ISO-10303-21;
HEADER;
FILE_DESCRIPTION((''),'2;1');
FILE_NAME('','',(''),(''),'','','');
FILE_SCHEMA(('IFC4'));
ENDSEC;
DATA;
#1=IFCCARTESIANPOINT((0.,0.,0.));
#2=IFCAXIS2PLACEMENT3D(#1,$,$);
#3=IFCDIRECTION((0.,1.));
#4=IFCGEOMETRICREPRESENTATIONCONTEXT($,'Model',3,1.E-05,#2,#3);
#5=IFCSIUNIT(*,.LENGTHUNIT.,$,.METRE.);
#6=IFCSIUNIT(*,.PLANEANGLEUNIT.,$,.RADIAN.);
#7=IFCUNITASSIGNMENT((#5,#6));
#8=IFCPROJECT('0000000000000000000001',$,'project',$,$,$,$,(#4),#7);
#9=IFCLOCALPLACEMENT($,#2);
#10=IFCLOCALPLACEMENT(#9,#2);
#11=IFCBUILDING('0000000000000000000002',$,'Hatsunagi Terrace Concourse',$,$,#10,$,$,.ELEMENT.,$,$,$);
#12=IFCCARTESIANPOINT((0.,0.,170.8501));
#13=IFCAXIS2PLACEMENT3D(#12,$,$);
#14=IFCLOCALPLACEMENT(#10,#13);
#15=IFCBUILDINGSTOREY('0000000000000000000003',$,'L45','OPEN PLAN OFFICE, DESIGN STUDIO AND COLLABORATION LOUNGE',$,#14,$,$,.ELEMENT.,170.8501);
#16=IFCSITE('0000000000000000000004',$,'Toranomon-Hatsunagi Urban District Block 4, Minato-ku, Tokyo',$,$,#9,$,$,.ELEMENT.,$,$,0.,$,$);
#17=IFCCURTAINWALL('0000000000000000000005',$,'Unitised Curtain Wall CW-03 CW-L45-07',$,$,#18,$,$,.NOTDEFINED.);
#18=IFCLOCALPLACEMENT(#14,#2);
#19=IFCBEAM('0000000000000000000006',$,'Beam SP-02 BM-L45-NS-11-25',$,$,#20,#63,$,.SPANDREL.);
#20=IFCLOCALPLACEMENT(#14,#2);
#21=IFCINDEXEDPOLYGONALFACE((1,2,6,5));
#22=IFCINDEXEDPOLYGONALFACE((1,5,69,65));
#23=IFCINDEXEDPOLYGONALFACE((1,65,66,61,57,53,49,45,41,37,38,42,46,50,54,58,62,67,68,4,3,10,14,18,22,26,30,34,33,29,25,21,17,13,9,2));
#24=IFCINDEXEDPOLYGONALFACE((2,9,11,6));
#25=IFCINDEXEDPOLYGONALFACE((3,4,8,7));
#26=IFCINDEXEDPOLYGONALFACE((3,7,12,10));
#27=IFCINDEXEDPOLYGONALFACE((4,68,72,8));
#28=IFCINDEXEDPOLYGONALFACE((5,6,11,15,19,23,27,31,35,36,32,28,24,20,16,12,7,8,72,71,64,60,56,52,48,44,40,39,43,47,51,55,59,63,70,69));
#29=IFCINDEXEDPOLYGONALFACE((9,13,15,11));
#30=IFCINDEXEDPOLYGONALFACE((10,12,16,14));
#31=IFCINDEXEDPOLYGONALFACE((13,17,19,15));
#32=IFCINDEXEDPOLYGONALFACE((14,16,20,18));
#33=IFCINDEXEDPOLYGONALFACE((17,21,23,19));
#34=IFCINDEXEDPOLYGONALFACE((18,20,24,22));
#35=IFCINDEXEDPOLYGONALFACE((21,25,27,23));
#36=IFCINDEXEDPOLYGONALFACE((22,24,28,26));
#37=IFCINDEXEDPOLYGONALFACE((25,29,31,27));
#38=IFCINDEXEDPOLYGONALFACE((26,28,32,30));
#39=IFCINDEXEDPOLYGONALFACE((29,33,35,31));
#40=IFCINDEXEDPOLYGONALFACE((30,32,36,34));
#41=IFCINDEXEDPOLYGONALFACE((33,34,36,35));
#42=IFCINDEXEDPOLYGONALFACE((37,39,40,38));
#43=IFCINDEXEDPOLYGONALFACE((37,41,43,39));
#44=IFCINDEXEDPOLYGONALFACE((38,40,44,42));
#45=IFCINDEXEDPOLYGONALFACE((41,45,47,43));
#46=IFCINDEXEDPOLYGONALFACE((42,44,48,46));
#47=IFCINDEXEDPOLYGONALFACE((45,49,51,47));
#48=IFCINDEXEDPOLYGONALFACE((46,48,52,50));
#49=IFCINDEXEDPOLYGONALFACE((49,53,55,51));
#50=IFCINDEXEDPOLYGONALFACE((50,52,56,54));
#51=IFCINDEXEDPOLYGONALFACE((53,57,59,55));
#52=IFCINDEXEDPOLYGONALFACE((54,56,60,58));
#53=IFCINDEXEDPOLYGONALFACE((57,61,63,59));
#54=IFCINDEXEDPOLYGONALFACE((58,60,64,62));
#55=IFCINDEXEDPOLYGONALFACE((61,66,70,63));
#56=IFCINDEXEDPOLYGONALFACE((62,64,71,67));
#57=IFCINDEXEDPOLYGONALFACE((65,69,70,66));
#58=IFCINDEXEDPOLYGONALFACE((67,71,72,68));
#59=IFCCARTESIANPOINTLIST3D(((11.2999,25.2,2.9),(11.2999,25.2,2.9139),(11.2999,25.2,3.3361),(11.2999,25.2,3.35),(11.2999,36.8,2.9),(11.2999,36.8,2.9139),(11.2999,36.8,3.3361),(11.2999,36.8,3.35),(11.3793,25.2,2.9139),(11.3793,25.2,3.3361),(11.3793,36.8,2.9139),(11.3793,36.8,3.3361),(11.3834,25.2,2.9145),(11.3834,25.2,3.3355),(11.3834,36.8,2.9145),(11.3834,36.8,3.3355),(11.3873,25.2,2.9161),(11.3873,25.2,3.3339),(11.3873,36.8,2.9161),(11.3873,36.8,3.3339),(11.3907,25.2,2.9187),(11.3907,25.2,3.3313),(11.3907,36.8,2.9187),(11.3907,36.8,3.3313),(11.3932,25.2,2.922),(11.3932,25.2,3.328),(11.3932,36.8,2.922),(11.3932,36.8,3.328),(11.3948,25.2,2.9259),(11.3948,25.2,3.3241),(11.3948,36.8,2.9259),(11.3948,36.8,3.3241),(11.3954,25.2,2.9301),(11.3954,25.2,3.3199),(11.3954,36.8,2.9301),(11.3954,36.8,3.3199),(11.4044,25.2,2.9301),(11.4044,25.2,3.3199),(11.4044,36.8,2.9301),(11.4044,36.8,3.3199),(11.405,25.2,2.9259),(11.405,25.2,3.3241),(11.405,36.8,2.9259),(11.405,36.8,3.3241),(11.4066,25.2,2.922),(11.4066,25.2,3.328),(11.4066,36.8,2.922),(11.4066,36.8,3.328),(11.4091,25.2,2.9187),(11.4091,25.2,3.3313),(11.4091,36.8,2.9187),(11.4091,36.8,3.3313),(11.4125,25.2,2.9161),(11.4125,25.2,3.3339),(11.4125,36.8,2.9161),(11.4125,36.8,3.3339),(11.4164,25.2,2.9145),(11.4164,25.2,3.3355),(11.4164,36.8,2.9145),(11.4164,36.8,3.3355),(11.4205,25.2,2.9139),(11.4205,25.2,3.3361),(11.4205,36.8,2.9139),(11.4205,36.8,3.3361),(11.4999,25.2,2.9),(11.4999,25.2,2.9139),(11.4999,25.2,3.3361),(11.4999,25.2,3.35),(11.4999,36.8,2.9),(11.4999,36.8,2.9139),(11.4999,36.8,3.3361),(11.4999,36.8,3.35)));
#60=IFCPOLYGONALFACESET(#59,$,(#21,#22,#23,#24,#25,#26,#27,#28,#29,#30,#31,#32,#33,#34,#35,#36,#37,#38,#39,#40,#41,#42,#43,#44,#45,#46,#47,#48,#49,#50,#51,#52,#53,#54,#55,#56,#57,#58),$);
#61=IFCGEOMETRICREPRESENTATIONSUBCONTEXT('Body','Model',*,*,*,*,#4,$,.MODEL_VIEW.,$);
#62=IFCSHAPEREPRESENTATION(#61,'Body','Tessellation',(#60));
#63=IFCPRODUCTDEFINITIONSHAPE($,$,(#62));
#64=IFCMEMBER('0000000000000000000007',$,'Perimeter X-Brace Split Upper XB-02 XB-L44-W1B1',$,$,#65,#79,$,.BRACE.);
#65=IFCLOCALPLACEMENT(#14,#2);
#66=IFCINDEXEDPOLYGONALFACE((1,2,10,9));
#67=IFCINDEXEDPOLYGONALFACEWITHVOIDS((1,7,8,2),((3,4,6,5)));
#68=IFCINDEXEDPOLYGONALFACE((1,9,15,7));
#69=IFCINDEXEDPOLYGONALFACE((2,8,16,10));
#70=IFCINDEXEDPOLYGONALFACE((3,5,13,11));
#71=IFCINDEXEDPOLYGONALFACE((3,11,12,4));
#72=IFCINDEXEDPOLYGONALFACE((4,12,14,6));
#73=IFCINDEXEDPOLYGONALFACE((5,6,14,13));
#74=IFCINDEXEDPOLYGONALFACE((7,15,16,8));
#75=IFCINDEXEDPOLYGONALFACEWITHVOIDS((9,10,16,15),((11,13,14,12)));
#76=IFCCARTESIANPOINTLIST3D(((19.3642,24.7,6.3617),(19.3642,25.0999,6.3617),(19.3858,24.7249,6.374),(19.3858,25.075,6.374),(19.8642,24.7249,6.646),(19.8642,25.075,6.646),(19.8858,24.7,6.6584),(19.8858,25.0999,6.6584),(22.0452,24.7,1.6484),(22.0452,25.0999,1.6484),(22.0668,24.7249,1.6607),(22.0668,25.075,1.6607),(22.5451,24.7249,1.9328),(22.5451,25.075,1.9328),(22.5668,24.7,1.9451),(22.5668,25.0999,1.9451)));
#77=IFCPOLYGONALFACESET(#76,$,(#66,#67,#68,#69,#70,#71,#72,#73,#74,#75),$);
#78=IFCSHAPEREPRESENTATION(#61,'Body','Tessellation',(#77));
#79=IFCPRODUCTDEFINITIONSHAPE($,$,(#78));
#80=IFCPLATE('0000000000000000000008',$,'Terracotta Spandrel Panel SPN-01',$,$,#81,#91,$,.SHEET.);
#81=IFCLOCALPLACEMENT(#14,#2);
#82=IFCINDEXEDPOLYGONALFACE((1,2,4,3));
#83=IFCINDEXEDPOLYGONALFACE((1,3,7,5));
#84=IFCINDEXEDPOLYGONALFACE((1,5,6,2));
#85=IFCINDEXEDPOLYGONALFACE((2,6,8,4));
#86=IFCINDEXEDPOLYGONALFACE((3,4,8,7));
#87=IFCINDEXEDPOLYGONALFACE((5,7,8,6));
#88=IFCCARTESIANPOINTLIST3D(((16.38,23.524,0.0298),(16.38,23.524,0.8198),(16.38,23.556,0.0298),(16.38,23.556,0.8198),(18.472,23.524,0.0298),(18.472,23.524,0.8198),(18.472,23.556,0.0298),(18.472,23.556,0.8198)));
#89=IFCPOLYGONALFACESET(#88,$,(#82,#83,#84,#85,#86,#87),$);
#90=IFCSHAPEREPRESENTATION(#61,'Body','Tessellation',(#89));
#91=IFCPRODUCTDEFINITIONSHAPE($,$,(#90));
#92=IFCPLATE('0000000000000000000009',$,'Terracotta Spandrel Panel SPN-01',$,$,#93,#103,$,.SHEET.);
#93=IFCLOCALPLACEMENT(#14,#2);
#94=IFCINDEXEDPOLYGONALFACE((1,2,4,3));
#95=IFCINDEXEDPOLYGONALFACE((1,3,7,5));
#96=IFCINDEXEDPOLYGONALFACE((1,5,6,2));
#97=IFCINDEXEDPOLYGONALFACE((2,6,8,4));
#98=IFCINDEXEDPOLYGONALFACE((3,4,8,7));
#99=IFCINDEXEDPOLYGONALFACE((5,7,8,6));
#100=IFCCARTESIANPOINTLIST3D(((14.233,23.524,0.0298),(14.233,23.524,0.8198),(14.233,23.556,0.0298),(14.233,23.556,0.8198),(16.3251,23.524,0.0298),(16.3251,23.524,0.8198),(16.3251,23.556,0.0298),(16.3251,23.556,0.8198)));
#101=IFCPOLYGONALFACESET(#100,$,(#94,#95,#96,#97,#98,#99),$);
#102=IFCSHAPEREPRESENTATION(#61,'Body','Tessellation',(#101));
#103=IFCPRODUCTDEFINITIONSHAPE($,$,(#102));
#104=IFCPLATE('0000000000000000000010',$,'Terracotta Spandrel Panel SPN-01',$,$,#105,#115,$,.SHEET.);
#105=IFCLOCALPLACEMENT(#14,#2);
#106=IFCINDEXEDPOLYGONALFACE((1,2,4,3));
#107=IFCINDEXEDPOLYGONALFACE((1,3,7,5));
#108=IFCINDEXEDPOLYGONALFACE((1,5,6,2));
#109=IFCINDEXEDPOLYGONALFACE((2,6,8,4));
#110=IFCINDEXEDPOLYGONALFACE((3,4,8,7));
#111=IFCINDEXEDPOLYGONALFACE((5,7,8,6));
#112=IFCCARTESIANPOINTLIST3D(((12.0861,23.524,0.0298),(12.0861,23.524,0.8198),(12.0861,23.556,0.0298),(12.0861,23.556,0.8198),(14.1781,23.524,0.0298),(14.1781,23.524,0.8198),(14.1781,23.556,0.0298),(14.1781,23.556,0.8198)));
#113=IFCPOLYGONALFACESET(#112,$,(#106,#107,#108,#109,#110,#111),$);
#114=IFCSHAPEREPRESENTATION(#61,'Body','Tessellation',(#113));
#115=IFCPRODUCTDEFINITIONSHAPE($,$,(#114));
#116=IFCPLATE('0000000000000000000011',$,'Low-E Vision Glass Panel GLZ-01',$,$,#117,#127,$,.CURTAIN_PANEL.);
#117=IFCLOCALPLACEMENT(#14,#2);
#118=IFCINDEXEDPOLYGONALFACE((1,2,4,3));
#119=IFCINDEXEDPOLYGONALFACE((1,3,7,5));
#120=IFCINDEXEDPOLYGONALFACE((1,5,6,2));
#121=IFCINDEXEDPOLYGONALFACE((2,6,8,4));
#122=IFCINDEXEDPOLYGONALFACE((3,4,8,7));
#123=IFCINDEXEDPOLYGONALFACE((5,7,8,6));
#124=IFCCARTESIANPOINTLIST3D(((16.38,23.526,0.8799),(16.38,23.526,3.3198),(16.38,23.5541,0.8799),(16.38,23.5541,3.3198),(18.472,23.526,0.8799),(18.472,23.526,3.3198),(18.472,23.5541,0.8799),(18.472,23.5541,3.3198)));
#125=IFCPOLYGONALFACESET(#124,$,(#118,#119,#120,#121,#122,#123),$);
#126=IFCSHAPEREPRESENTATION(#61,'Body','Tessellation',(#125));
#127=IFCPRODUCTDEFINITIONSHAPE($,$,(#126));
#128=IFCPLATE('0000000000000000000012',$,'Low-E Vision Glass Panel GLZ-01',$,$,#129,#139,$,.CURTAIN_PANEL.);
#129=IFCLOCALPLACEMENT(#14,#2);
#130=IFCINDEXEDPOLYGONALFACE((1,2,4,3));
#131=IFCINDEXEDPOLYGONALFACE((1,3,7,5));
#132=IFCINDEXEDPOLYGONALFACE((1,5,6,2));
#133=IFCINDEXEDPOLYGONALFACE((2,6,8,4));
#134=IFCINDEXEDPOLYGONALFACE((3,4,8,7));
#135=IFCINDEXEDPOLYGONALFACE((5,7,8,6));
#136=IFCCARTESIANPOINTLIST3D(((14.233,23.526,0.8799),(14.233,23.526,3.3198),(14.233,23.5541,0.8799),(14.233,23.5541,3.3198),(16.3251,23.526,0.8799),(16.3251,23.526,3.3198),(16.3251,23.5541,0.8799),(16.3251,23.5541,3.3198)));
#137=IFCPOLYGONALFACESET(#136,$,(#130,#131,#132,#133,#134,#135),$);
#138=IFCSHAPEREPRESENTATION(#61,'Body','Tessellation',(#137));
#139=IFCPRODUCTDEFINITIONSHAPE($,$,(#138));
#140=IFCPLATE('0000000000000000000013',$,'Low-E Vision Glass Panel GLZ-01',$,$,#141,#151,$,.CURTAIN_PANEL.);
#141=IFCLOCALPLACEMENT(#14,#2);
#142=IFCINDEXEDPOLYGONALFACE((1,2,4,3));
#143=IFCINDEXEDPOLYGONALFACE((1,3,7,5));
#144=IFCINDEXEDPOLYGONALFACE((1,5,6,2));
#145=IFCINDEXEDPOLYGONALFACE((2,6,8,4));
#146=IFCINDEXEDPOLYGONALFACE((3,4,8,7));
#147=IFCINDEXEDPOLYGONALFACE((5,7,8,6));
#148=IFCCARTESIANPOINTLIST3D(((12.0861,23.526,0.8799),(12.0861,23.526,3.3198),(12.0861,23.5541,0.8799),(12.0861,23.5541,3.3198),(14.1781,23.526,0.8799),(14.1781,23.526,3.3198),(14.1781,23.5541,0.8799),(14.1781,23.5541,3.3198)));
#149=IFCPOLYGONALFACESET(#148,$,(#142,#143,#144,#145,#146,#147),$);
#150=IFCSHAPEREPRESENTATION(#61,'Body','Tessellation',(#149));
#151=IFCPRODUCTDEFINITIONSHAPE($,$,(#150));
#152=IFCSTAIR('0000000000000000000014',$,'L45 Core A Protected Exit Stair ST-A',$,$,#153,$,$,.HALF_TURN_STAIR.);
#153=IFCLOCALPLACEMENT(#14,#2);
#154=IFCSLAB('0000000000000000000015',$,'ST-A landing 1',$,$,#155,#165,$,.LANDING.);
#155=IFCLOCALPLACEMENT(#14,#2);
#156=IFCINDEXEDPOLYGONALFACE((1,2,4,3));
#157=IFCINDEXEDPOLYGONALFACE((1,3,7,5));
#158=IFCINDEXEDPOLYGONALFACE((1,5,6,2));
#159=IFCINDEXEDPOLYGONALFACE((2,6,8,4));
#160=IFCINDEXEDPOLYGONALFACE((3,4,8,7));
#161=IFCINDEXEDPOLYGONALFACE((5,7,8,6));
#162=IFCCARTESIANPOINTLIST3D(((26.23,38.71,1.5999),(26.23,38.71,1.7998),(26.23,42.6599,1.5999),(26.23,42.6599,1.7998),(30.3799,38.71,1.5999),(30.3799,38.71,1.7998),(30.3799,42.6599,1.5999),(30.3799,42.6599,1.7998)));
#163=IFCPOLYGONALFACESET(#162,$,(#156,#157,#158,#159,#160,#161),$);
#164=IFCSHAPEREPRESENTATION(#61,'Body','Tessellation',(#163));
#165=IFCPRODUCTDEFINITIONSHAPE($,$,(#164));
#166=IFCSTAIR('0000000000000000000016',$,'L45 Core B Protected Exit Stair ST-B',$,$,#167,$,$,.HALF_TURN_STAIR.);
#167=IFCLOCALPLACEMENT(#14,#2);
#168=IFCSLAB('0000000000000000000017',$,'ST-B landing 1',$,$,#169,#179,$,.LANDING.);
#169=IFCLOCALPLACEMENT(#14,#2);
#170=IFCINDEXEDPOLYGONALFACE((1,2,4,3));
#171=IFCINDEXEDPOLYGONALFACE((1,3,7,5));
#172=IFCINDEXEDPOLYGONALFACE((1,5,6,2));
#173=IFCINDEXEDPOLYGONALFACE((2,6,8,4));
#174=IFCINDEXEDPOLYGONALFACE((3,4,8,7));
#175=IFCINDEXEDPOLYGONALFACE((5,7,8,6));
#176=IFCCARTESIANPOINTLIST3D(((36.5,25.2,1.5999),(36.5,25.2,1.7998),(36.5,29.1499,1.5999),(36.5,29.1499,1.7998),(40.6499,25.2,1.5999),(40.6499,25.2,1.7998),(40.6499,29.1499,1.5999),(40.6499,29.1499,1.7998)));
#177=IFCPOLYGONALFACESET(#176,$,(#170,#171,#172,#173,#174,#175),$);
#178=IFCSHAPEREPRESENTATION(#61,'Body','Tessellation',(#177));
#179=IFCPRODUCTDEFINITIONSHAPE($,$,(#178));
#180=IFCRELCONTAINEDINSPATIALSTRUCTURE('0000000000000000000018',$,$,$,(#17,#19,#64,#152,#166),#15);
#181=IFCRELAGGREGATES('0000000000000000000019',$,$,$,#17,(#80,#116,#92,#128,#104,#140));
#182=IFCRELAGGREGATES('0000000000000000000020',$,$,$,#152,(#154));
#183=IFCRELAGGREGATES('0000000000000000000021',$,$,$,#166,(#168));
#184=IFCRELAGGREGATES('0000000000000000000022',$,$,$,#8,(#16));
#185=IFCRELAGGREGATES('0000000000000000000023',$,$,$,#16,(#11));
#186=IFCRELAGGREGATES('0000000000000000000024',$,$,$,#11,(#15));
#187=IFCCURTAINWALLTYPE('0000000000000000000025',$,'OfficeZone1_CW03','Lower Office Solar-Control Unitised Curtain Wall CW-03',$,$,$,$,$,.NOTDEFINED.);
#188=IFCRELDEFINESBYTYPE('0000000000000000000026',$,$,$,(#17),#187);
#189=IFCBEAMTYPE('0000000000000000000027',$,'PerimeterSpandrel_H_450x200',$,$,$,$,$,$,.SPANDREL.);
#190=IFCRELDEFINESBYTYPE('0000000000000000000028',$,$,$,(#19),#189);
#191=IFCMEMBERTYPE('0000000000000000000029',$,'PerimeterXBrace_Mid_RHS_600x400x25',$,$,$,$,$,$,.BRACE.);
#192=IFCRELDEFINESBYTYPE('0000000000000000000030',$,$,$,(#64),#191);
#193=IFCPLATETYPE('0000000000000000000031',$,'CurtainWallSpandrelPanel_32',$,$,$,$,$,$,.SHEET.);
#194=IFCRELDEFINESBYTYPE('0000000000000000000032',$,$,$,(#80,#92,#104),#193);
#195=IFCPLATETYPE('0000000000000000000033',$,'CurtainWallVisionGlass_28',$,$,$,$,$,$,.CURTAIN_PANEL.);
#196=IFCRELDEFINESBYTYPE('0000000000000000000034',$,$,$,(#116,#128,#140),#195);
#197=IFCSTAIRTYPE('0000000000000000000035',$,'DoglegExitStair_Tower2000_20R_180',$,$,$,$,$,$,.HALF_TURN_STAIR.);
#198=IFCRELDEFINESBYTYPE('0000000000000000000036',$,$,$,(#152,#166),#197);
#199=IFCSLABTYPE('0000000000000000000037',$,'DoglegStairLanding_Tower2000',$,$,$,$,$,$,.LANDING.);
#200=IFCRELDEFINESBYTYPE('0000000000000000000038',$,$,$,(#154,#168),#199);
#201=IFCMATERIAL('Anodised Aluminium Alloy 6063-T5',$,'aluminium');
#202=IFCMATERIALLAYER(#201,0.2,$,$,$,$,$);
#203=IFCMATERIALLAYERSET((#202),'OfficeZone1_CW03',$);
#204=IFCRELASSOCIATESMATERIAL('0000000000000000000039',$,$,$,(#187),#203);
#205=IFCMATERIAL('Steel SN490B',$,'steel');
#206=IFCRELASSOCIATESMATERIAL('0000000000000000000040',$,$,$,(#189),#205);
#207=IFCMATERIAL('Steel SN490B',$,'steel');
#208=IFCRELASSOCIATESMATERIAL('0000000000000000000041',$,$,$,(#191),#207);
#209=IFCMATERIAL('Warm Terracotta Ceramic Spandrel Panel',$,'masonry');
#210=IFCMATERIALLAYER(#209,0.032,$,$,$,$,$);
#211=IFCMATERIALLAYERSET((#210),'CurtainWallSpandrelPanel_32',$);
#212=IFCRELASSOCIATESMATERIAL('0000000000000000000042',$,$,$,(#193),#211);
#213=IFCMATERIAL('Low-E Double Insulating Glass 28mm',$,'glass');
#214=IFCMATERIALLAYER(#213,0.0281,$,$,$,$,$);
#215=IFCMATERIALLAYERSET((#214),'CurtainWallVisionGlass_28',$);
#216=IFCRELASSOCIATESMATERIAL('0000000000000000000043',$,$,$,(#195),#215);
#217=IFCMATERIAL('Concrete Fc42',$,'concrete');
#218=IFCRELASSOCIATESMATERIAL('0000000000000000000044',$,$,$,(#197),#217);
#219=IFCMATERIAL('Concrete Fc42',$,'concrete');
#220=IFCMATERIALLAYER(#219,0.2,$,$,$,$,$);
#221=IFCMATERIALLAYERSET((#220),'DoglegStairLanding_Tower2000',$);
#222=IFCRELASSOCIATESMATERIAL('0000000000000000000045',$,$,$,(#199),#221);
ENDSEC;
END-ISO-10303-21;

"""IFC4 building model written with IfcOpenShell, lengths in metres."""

from ifc_helpers import new_model, si_unit, direction, frame, origin, origin_2d, place, context, subcontext, project, spatial, polyline, rectangle, hollow_rectangle, i_section, outline, extrude, material, layer, layer_set, material_profile, profile_set, type_object, element, aggregate, save


model = new_model("IFC4")

# Units and contexts
model_context = context("Model", 3, precision=1e-05, world=origin(), true_north=direction((0.0, 1.0)))
body_context = subcontext(model_context, "Body", "Model", "MODEL_VIEW")
ifc_project = project(units=[si_unit("LENGTHUNIT", "METRE"), si_unit("PLANEANGLEUNIT", "RADIAN")], contexts=[model_context])

# Site, building, storey
site_placement = place(None, origin())
site = spatial("IfcSite", under=ifc_project, at=site_placement, Name="Toranomon-Hatsunagi Urban District Block 4, Minato-ku, Tokyo", CompositionType="ELEMENT", RefElevation=0.0)
building_placement = place(site_placement, origin())
building = spatial("IfcBuilding", under=site, at=building_placement, Name="Hatsunagi Terrace Concourse", CompositionType="ELEMENT")
storey_placement = place(building_placement, frame((0.0, 0.0, 170.8501)))
storey = spatial("IfcBuildingStorey", under=building, at=storey_placement, Name="L45", Description="OPEN PLAN OFFICE, DESIGN STUDIO AND COLLABORATION LOUNGE", CompositionType="ELEMENT", Elevation=170.8501)

# Curtain wall
ifc_material_1 = material(Name="Anodised Aluminium Alloy 6063-T5", Category="aluminium")
ifc_layer_1 = layer(ifc_material_1, 0.2)
ifc_layer_set_1 = layer_set([ifc_layer_1], Name="OfficeZone1_CW03")
curtain_wall_type = type_object("IfcCurtainWallType", Name="OfficeZone1_CW03", Description="Lower Office Solar-Control Unitised Curtain Wall CW-03", PredefinedType="NOTDEFINED", material=ifc_layer_set_1)
curtain_wall_placement = place(storey_placement, origin())
curtain_wall = element("IfcCurtainWall", 1, at=curtain_wall_placement, inside=storey, type_object=curtain_wall_type, Name="Unitised Curtain Wall CW-03 CW-L45-07", PredefinedType="NOTDEFINED")

# Beam
ifc_material_2 = material(Name="Steel SN490B", Category="steel")
ifc_material_profile_1 = material_profile(ifc_material_2, i_section(OverallWidth=0.2, OverallDepth=0.45, WebThickness=0.009, FlangeThickness=0.0139, FilletRadius=0.0161, at=origin_2d()), Name="H-450x200x9x14")
ifc_profile_set_1 = profile_set([ifc_material_profile_1], Name="Steel SN490B")
beam_type = type_object("IfcBeamType", Name="PerimeterSpandrel_H_450x200", PredefinedType="SPANDREL", material=ifc_profile_set_1)
beam_1_placement = place(storey_placement, frame((11.3999, 25.2, 3.125), z_axis=(0.0, 1.0, 0.0), x_axis=(-1.0, 0.0, 0.0)))
element("IfcBeam", 2, at=beam_1_placement, inside=storey, type_object=beam_type, Name="Beam SP-02 BM-L45-NS-11-25", PredefinedType="SPANDREL", context=body_context, shape_type="SweptSolid", body=[
    extrude(i_section(OverallWidth=0.2, OverallDepth=0.45, WebThickness=0.009, FlangeThickness=0.0139, FilletRadius=0.0161, at=origin_2d()), origin(), (0.0, 0.0, 1.0), 11.6001),
])

# Member
ifc_material_3 = material(Name="Steel SN490B", Category="steel")
ifc_material_profile_2 = material_profile(ifc_material_3, hollow_rectangle(XDim=0.3999, YDim=0.6001, WallThickness=0.0249, at=origin_2d()), Name="RHS-600x400x25")
ifc_profile_set_2 = profile_set([ifc_material_profile_2], Name="Steel SN490B")
member_type_1 = type_object("IfcMemberType", Name="PerimeterXBrace_Mid_RHS_600x400x25", PredefinedType="BRACE", material=ifc_profile_set_2)
member_1_placement = place(storey_placement, frame((19.625, 24.8999, 6.51), z_axis=(0.494426, 0.0, -0.86922), x_axis=(0.0, 1.0, 0.0)))
element("IfcMember", 3, at=member_1_placement, inside=storey, type_object=member_type_1, Name="Perimeter X-Brace Split Upper XB-02 XB-L44-W1B1", PredefinedType="BRACE", context=body_context, shape_type="SweptSolid", body=[
    extrude(hollow_rectangle(XDim=0.3999, YDim=0.6001, WallThickness=0.0249, at=origin_2d()), origin(), (0.0, 0.0, 1.0), 5.4224),
])

# Plates
ifc_material_4 = material(Name="Warm Terracotta Ceramic Spandrel Panel", Category="masonry")
ifc_layer_2 = layer(ifc_material_4, 0.032)
ifc_layer_set_2 = layer_set([ifc_layer_2], Name="CurtainWallSpandrelPanel_32")
plate_type_1 = type_object("IfcPlateType", Name="CurtainWallSpandrelPanel_32", PredefinedType="SHEET", material=ifc_layer_set_2)
plate_1_placement = place(storey_placement, frame((17.426, 23.54, 0.0298), z_axis=(0.0, 0.0, 1.0), x_axis=(-1.0, 0.0, 0.0)))
plate_1 = element("IfcPlate", 4, at=plate_1_placement, type_object=plate_type_1, Name="Terracotta Spandrel Panel SPN-01", PredefinedType="SHEET", context=body_context, shape_type="SweptSolid", body=[
    extrude(rectangle(XDim=2.092, YDim=0.032, at=origin_2d()), origin(), (0.0, 0.0, 1.0), 0.79),
])
plate_2_placement = place(storey_placement, frame((15.2791, 23.54, 0.0298), z_axis=(0.0, 0.0, 1.0), x_axis=(-1.0, 0.0, 0.0)))
plate_2 = element("IfcPlate", 5, at=plate_2_placement, type_object=plate_type_1, Name="Terracotta Spandrel Panel SPN-01", PredefinedType="SHEET", context=body_context, shape_type="SweptSolid", body=[
    extrude(rectangle(XDim=2.092, YDim=0.032, at=origin_2d()), origin(), (0.0, 0.0, 1.0), 0.79),
])
plate_3_placement = place(storey_placement, frame((13.1321, 23.54, 0.0298), z_axis=(0.0, 0.0, 1.0), x_axis=(-1.0, 0.0, 0.0)))
plate_3 = element("IfcPlate", 6, at=plate_3_placement, type_object=plate_type_1, Name="Terracotta Spandrel Panel SPN-01", PredefinedType="SHEET", context=body_context, shape_type="SweptSolid", body=[
    extrude(rectangle(XDim=2.092, YDim=0.032, at=origin_2d()), origin(), (0.0, 0.0, 1.0), 0.79),
])
ifc_material_5 = material(Name="Low-E Double Insulating Glass 28mm", Category="glass")
ifc_layer_3 = layer(ifc_material_5, 0.0281)
ifc_layer_set_3 = layer_set([ifc_layer_3], Name="CurtainWallVisionGlass_28")
plate_type_2 = type_object("IfcPlateType", Name="CurtainWallVisionGlass_28", PredefinedType="CURTAIN_PANEL", material=ifc_layer_set_3)
plate_4_placement = place(storey_placement, frame((17.426, 23.54, 0.8799), z_axis=(0.0, 0.0, 1.0), x_axis=(-1.0, 0.0, 0.0)))
plate_4 = element("IfcPlate", 7, at=plate_4_placement, type_object=plate_type_2, Name="Low-E Vision Glass Panel GLZ-01", PredefinedType="CURTAIN_PANEL", context=body_context, shape_type="SweptSolid", body=[
    extrude(rectangle(XDim=2.092, YDim=0.0281, at=origin_2d()), origin(), (0.0, 0.0, 1.0), 2.4399),
])
plate_5_placement = place(storey_placement, frame((15.2791, 23.54, 0.8799), z_axis=(0.0, 0.0, 1.0), x_axis=(-1.0, 0.0, 0.0)))
plate_5 = element("IfcPlate", 8, at=plate_5_placement, type_object=plate_type_2, Name="Low-E Vision Glass Panel GLZ-01", PredefinedType="CURTAIN_PANEL", context=body_context, shape_type="SweptSolid", body=[
    extrude(rectangle(XDim=2.092, YDim=0.0281, at=origin_2d()), origin(), (0.0, 0.0, 1.0), 2.4399),
])
plate_6_placement = place(storey_placement, frame((13.1321, 23.54, 0.8799), z_axis=(0.0, 0.0, 1.0), x_axis=(-1.0, 0.0, 0.0)))
plate_6 = element("IfcPlate", 9, at=plate_6_placement, type_object=plate_type_2, Name="Low-E Vision Glass Panel GLZ-01", PredefinedType="CURTAIN_PANEL", context=body_context, shape_type="SweptSolid", body=[
    extrude(rectangle(XDim=2.092, YDim=0.0281, at=origin_2d()), origin(), (0.0, 0.0, 1.0), 2.4399),
])
aggregate(curtain_wall, [plate_1, plate_4, plate_2, plate_5, plate_3, plate_6])

# Stairs, slabs
ifc_material_6 = material(Name="Concrete Fc42", Category="concrete")
stair_type = type_object("IfcStairType", Name="DoglegExitStair_Tower2000_20R_180", PredefinedType="HALF_TURN_STAIR", material=ifc_material_6)
stair_1_placement = place(storey_placement, origin())
stair_1 = element("IfcStair", 10, at=stair_1_placement, inside=storey, type_object=stair_type, Name="L45 Core A Protected Exit Stair ST-A", PredefinedType="HALF_TURN_STAIR")
ifc_material_7 = material(Name="Concrete Fc42", Category="concrete")
ifc_layer_4 = layer(ifc_material_7, 0.2)
ifc_layer_set_4 = layer_set([ifc_layer_4], Name="DoglegStairLanding_Tower2000")
slab_type_1 = type_object("IfcSlabType", Name="DoglegStairLanding_Tower2000", PredefinedType="LANDING", material=ifc_layer_set_4)
slab_1_placement = place(storey_placement, frame((0.0, 0.0, 1.5999)))
slab_1 = element("IfcSlab", 11, at=slab_1_placement, type_object=slab_type_1, Name="ST-A landing 1", PredefinedType="LANDING", context=body_context, shape_type="SweptSolid", body=[
    extrude(outline(polyline([(30.3799, 38.71), (30.3799, 42.6599), (26.23, 42.6599), (26.23, 38.71), (30.3799, 38.71)])), origin(), (0.0, 0.0, 1.0), 0.2),
])
aggregate(stair_1, [slab_1])
stair_2_placement = place(storey_placement, origin())
stair_2 = element("IfcStair", 12, at=stair_2_placement, inside=storey, type_object=stair_type, Name="L45 Core B Protected Exit Stair ST-B", PredefinedType="HALF_TURN_STAIR")
slab_2_placement = place(storey_placement, frame((0.0, 0.0, 1.5999)))
slab_2 = element("IfcSlab", 13, at=slab_2_placement, type_object=slab_type_1, Name="ST-B landing 1", PredefinedType="LANDING", context=body_context, shape_type="SweptSolid", body=[
    extrude(outline(polyline([(36.5, 29.1499), (36.5, 25.2), (40.6499, 25.2), (40.6499, 29.1499), (36.5, 29.1499)])), origin(), (0.0, 0.0, 1.0), 0.2),
])
aggregate(stair_2, [slab_2])

save(model, "model.ifc")
